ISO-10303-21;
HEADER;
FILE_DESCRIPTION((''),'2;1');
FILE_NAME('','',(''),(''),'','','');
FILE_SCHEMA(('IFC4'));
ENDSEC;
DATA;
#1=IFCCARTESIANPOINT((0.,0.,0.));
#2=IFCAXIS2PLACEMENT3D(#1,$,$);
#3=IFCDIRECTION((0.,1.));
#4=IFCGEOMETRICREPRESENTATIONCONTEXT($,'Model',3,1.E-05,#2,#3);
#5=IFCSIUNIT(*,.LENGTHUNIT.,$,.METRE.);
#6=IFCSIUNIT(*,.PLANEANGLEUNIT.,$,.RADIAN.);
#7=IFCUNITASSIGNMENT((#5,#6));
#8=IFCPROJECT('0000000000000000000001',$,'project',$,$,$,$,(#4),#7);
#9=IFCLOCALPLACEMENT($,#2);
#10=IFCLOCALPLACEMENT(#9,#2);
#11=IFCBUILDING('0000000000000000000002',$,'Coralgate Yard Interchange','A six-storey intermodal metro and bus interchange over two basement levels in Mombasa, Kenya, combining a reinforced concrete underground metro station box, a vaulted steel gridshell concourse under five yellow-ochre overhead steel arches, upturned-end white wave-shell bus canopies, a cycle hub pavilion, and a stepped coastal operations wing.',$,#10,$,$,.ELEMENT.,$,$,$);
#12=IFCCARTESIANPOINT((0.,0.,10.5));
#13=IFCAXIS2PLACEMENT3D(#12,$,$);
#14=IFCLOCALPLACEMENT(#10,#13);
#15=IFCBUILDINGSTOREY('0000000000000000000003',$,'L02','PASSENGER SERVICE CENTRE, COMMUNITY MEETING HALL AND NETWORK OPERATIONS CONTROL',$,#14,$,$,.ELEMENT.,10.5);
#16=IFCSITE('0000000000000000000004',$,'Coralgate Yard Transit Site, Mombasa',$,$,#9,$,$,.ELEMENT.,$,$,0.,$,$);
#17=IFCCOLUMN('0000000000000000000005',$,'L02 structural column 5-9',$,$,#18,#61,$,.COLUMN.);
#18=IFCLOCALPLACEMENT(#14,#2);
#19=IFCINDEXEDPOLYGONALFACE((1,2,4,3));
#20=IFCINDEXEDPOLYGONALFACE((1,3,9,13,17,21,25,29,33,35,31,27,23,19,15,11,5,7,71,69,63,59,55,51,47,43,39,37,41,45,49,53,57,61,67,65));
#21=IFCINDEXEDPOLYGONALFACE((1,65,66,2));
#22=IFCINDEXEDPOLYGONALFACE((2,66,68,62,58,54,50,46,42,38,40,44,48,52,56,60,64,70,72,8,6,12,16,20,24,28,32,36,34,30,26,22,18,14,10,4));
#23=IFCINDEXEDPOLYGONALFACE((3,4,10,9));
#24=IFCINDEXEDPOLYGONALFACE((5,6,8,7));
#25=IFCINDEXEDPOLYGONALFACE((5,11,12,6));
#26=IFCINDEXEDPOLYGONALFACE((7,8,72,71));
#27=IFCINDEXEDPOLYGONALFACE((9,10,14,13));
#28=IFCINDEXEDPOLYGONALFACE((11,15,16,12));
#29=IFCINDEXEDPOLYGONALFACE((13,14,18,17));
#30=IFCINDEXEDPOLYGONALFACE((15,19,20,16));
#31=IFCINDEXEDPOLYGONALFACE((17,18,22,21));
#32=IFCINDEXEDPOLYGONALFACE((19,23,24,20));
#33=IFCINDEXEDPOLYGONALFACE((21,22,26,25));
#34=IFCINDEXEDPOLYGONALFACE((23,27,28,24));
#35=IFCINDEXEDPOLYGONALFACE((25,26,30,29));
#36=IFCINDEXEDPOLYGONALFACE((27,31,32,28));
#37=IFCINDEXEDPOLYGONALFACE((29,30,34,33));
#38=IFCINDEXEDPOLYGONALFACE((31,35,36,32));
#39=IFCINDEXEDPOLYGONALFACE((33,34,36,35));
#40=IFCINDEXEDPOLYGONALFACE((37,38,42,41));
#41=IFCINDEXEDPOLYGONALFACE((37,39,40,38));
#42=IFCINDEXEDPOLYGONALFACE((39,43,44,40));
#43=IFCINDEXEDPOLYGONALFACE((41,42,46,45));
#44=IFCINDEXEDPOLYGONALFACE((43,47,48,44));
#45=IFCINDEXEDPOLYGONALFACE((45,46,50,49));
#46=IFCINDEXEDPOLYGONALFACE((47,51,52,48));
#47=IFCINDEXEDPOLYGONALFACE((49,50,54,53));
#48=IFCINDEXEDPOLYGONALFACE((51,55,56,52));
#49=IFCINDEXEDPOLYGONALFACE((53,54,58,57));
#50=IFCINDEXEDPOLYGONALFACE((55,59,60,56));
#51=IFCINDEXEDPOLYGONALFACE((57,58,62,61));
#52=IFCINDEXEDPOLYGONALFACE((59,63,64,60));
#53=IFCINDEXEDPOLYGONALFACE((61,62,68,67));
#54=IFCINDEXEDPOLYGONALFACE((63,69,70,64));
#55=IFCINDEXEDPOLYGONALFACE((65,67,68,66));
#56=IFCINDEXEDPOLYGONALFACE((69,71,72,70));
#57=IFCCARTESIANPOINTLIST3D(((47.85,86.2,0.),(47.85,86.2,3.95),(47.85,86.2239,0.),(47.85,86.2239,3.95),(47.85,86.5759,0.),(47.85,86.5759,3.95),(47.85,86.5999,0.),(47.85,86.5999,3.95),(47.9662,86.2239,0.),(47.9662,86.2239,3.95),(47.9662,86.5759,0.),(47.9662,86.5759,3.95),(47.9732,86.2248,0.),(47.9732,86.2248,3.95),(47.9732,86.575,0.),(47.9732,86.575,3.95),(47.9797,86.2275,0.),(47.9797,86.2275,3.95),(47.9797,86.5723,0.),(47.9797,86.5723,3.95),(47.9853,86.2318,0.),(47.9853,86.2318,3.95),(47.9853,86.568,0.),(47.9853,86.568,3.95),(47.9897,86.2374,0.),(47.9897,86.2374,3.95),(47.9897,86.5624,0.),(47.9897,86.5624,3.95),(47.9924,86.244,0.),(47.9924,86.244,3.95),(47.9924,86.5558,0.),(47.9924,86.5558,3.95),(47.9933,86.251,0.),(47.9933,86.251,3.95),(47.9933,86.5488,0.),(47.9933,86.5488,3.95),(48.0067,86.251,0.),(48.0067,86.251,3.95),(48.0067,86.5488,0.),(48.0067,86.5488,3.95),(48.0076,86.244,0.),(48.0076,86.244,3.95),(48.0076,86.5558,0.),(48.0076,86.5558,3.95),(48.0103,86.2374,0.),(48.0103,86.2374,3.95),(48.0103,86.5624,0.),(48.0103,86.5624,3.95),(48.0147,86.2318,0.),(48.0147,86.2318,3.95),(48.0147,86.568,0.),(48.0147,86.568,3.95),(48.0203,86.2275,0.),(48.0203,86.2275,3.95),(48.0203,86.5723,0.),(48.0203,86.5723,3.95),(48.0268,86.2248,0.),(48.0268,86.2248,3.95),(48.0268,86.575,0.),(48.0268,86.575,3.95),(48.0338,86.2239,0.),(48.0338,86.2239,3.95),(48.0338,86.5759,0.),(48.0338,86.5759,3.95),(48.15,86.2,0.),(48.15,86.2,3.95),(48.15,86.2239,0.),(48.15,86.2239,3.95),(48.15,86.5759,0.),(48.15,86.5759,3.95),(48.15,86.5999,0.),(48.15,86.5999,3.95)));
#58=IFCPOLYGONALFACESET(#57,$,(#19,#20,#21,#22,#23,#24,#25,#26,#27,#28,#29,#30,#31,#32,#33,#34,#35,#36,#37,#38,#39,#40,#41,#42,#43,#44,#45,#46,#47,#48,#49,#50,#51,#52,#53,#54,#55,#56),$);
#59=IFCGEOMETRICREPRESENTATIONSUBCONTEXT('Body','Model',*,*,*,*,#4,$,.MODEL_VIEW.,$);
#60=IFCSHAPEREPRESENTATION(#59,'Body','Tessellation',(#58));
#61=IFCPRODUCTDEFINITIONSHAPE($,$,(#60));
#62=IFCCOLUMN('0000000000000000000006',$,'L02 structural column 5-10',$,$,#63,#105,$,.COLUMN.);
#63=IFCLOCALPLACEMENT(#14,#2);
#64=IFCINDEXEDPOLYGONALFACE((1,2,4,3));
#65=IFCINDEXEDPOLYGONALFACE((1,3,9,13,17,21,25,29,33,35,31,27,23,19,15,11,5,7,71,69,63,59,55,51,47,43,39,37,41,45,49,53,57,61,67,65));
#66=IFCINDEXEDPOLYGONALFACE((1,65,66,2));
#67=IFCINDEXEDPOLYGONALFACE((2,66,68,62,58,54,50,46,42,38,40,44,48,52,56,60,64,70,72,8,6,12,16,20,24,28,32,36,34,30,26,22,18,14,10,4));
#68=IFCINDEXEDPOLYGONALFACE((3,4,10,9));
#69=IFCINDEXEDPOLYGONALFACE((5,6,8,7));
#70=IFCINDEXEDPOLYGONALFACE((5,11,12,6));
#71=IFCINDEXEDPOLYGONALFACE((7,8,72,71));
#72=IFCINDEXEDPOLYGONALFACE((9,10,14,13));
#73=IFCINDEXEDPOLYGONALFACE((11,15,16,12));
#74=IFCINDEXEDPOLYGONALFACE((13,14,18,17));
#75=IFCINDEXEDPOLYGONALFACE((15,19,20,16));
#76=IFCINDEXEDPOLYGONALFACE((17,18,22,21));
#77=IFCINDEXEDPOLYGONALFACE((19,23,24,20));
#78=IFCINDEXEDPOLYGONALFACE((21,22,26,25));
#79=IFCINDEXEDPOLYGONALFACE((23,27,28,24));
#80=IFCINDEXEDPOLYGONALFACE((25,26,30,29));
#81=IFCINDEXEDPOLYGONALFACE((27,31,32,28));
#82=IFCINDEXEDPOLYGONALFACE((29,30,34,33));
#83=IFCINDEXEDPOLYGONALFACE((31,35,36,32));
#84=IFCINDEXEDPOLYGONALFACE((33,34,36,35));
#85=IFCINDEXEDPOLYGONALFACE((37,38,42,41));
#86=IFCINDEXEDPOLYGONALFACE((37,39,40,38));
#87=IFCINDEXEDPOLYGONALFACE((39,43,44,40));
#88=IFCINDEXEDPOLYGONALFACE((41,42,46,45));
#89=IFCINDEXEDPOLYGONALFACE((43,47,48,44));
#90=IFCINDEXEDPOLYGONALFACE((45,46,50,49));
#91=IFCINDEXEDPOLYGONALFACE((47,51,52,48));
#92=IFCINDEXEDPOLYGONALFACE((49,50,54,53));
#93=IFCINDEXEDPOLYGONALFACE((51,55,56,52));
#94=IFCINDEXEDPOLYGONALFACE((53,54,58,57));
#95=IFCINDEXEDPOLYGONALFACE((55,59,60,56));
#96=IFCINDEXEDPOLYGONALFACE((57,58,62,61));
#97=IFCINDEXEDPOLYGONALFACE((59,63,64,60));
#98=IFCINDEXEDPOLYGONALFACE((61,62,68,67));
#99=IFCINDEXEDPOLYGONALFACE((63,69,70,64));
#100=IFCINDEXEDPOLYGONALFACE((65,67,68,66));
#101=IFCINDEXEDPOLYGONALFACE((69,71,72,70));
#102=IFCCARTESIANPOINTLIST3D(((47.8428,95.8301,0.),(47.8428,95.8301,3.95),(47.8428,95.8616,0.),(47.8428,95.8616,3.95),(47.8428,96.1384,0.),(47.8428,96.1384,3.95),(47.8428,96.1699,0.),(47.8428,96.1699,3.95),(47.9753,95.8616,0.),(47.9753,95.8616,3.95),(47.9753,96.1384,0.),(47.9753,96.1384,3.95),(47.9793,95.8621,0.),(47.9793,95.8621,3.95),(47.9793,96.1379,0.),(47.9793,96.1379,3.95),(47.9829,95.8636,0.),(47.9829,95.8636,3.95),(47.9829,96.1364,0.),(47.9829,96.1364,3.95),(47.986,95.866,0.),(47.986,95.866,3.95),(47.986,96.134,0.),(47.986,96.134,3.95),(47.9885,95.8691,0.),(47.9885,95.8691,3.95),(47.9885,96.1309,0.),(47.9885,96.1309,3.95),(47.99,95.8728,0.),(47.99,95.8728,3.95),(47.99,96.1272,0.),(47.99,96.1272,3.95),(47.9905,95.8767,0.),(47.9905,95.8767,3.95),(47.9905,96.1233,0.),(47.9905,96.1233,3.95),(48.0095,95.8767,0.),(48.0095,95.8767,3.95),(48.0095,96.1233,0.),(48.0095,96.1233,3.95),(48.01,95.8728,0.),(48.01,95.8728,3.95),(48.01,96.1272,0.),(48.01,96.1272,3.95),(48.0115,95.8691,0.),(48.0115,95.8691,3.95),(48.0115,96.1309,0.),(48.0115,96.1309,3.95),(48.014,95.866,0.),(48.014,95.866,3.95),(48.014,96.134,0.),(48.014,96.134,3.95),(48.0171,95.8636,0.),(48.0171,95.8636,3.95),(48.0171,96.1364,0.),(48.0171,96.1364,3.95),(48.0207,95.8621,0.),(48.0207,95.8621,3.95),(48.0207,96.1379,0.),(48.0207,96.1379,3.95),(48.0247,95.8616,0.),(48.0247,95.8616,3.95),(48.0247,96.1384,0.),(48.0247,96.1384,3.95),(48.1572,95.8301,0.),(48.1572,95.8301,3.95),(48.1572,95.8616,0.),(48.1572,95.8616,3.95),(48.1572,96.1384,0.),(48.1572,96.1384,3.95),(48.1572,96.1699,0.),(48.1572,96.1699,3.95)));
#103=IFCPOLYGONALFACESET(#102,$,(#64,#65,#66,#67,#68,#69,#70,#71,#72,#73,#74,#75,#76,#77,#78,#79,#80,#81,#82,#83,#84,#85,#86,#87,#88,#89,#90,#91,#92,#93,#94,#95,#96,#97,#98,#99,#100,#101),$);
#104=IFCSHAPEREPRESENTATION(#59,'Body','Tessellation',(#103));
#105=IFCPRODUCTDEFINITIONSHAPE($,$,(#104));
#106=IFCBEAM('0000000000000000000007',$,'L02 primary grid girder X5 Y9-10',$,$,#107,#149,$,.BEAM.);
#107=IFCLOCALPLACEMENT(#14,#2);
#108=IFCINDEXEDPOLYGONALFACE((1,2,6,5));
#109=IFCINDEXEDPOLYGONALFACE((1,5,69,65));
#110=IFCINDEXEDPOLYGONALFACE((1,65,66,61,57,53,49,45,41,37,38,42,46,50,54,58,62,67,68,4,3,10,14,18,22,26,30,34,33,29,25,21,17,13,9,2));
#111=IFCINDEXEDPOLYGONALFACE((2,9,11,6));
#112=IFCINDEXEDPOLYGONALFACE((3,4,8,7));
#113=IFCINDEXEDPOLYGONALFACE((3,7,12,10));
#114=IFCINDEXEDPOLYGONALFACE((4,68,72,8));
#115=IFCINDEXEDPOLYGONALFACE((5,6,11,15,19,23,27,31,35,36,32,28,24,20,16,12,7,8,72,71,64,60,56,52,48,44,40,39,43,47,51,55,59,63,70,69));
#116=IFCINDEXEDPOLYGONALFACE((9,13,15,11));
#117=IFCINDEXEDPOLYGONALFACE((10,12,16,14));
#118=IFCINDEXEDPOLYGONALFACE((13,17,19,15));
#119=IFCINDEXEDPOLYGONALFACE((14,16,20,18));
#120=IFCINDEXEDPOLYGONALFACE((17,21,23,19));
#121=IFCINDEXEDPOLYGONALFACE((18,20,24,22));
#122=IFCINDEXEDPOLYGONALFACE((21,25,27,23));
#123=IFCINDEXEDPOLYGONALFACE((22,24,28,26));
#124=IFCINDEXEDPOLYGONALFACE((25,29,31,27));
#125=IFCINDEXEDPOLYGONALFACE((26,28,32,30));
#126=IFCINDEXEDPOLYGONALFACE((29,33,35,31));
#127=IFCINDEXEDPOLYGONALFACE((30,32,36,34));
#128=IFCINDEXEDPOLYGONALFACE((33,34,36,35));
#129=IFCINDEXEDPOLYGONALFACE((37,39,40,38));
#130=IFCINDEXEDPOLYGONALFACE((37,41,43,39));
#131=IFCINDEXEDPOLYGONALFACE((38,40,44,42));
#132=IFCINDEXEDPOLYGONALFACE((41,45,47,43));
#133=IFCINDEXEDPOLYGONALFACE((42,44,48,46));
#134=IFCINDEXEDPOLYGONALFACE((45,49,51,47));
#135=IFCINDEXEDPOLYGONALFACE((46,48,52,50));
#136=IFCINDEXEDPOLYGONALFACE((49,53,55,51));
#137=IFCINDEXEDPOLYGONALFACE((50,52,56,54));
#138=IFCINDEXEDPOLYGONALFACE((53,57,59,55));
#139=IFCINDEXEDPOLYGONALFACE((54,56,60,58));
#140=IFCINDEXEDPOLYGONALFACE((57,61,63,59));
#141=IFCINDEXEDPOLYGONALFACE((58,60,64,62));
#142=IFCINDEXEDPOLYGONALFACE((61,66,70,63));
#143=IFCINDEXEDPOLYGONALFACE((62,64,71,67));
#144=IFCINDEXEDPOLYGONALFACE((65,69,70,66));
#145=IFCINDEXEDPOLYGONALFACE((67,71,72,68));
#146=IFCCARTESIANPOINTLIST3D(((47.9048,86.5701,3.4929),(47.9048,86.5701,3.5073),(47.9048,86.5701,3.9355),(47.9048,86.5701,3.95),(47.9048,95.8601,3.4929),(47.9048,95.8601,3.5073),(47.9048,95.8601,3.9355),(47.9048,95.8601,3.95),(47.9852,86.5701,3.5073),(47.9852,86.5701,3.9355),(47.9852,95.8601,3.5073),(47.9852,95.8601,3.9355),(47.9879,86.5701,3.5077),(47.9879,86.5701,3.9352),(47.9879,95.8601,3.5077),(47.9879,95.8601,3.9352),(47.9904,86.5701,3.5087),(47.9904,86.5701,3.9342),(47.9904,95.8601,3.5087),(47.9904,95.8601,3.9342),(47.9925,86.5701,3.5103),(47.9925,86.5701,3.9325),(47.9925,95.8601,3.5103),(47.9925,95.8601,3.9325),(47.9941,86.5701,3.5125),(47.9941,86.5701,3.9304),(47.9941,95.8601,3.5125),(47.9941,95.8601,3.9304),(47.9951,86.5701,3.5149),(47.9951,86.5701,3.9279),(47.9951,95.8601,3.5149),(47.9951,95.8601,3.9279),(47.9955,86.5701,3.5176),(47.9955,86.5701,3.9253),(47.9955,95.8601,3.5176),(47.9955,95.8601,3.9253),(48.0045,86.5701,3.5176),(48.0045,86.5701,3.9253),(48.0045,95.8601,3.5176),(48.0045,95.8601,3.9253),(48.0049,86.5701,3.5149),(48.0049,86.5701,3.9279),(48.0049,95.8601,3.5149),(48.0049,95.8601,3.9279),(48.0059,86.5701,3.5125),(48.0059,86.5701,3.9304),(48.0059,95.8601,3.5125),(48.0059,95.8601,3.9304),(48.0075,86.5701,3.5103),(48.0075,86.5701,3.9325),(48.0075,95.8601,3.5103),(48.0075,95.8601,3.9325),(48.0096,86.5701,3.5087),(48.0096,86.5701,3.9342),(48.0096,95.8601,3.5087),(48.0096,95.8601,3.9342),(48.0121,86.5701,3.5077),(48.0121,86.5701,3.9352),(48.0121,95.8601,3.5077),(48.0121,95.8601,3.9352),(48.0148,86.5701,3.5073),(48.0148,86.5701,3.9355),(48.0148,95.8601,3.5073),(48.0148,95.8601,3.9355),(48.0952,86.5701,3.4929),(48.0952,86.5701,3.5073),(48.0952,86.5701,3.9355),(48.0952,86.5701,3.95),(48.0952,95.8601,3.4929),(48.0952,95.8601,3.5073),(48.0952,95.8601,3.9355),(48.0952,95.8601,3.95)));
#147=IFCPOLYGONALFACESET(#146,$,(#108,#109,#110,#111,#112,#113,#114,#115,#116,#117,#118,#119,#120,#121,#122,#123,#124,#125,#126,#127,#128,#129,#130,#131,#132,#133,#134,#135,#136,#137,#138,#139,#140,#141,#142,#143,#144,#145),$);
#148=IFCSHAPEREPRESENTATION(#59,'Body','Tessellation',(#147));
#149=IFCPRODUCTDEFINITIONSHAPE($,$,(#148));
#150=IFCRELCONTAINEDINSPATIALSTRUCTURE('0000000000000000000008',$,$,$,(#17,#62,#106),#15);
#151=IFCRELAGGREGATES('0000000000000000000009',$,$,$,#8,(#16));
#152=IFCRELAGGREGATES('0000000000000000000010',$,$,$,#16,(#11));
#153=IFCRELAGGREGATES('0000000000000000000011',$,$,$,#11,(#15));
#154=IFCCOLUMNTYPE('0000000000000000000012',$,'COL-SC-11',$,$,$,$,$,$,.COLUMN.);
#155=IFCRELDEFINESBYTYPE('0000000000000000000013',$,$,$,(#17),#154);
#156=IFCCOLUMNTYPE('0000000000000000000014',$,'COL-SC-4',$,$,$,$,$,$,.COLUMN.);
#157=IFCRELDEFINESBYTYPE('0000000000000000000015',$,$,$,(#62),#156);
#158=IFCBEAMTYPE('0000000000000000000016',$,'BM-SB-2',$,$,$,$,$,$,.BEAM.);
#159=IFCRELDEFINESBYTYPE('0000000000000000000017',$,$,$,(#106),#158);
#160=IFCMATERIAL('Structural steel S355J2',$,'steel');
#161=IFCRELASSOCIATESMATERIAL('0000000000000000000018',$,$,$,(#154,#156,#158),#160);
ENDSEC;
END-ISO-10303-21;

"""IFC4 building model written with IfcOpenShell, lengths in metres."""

from ifc_helpers import new_model, si_unit, direction, frame, origin, origin_2d, place, context, subcontext, project, spatial, i_section, extrude, material, material_profile, profile_set, type_object, element, save


model = new_model("IFC4")

# Units and contexts
model_context = context("Model", 3, precision=1e-05, world=origin(), true_north=direction((0.0, 1.0)))
body_context = subcontext(model_context, "Body", "Model", "MODEL_VIEW")
ifc_project = project(units=[si_unit("LENGTHUNIT", "METRE"), si_unit("PLANEANGLEUNIT", "RADIAN")], contexts=[model_context])

# Site, building, storey
site_placement = place(None, origin())
site = spatial("IfcSite", under=ifc_project, at=site_placement, Name="Coralgate Yard Transit Site, Mombasa", CompositionType="ELEMENT", RefElevation=0.0)
building_placement = place(site_placement, origin())
building = spatial("IfcBuilding", under=site, at=building_placement, Name="Coralgate Yard Interchange", Description="A six-storey intermodal metro and bus interchange over two basement levels in Mombasa, Kenya, combining a reinforced concrete underground metro station box, a vaulted steel gridshell concourse under five yellow-ochre overhead steel arches, upturned-end white wave-shell bus canopies, a cycle hub pavilion, and a stepped coastal operations wing.", CompositionType="ELEMENT")
storey_placement = place(building_placement, frame((0.0, 0.0, 10.5)))
storey = spatial("IfcBuildingStorey", under=building, at=storey_placement, Name="L02", Description="PASSENGER SERVICE CENTRE, COMMUNITY MEETING HALL AND NETWORK OPERATIONS CONTROL", CompositionType="ELEMENT", Elevation=10.5)

# Columns
ifc_material_1 = material(Name="Structural steel S355J2", Category="steel")
ifc_material_profile_1 = material_profile(ifc_material_1, i_section(OverallWidth=0.3, OverallDepth=0.3999, WebThickness=0.0134, FlangeThickness=0.0239, FilletRadius=0.0271, at=origin_2d()), Name="HEB 400")
ifc_profile_set_1 = profile_set([ifc_material_profile_1], Name="Structural steel S355J2")
column_type_1 = type_object("IfcColumnType", Name="COL-SC-11", PredefinedType="COLUMN", material=ifc_profile_set_1)
column_1_placement = place(storey_placement, frame((48.0, 86.3999, 0.0), z_axis=(0.0, 0.0, 1.0), x_axis=(1.0, 0.0, 0.0)))
element("IfcColumn", 1, at=column_1_placement, inside=storey, type_object=column_type_1, Name="L02 structural column 5-9", PredefinedType="COLUMN", context=body_context, shape_type="SweptSolid", body=[
    extrude(i_section(OverallWidth=0.3, OverallDepth=0.3999, WebThickness=0.0134, FlangeThickness=0.0239, FilletRadius=0.0271, at=origin_2d()), origin(), (0.0, 0.0, 1.0), 3.95),
])
ifc_material_profile_2 = material_profile(ifc_material_1, i_section(OverallWidth=0.3145, OverallDepth=0.3398, WebThickness=0.019, FlangeThickness=0.0315, FilletRadius=0.0151, at=origin_2d()), Name="UC 305x305x198")
ifc_profile_set_2 = profile_set([ifc_material_profile_2], Name="Structural steel S355J2")
column_type_2 = type_object("IfcColumnType", Name="COL-SC-4", PredefinedType="COLUMN", material=ifc_profile_set_2)
column_2_placement = place(storey_placement, frame((48.0, 96.0, 0.0), z_axis=(0.0, 0.0, 1.0), x_axis=(1.0, 0.0, 0.0)))
element("IfcColumn", 2, at=column_2_placement, inside=storey, type_object=column_type_2, Name="L02 structural column 5-10", PredefinedType="COLUMN", context=body_context, shape_type="SweptSolid", body=[
    extrude(i_section(OverallWidth=0.3145, OverallDepth=0.3398, WebThickness=0.019, FlangeThickness=0.0315, FilletRadius=0.0151, at=origin_2d()), origin(), (0.0, 0.0, 1.0), 3.95),
])

# Beam
ifc_material_profile_3 = material_profile(ifc_material_1, i_section(OverallWidth=0.1904, OverallDepth=0.457, WebThickness=0.009, FlangeThickness=0.0144, FilletRadius=0.0103, at=origin_2d()), Name="UB 457x191x74")
ifc_profile_set_3 = profile_set([ifc_material_profile_3], Name="Structural steel S355J2")
beam_type_1 = type_object("IfcBeamType", Name="BM-SB-2", PredefinedType="BEAM", material=ifc_profile_set_3)
beam_1_placement = place(storey_placement, frame((48.0, 86.5701, 3.7214), z_axis=(0.0, 1.0, 0.0), x_axis=(-1.0, 0.0, 0.0)))
element("IfcBeam", 3, at=beam_1_placement, inside=storey, type_object=beam_type_1, Name="L02 primary grid girder X5 Y9-10", PredefinedType="BEAM", context=body_context, shape_type="SweptSolid", body=[
    extrude(i_section(OverallWidth=0.1904, OverallDepth=0.457, WebThickness=0.009, FlangeThickness=0.0144, FilletRadius=0.0103, at=origin_2d()), origin(), (0.0, 0.0, 1.0), 9.29),
])

save(model, "model.ifc")
